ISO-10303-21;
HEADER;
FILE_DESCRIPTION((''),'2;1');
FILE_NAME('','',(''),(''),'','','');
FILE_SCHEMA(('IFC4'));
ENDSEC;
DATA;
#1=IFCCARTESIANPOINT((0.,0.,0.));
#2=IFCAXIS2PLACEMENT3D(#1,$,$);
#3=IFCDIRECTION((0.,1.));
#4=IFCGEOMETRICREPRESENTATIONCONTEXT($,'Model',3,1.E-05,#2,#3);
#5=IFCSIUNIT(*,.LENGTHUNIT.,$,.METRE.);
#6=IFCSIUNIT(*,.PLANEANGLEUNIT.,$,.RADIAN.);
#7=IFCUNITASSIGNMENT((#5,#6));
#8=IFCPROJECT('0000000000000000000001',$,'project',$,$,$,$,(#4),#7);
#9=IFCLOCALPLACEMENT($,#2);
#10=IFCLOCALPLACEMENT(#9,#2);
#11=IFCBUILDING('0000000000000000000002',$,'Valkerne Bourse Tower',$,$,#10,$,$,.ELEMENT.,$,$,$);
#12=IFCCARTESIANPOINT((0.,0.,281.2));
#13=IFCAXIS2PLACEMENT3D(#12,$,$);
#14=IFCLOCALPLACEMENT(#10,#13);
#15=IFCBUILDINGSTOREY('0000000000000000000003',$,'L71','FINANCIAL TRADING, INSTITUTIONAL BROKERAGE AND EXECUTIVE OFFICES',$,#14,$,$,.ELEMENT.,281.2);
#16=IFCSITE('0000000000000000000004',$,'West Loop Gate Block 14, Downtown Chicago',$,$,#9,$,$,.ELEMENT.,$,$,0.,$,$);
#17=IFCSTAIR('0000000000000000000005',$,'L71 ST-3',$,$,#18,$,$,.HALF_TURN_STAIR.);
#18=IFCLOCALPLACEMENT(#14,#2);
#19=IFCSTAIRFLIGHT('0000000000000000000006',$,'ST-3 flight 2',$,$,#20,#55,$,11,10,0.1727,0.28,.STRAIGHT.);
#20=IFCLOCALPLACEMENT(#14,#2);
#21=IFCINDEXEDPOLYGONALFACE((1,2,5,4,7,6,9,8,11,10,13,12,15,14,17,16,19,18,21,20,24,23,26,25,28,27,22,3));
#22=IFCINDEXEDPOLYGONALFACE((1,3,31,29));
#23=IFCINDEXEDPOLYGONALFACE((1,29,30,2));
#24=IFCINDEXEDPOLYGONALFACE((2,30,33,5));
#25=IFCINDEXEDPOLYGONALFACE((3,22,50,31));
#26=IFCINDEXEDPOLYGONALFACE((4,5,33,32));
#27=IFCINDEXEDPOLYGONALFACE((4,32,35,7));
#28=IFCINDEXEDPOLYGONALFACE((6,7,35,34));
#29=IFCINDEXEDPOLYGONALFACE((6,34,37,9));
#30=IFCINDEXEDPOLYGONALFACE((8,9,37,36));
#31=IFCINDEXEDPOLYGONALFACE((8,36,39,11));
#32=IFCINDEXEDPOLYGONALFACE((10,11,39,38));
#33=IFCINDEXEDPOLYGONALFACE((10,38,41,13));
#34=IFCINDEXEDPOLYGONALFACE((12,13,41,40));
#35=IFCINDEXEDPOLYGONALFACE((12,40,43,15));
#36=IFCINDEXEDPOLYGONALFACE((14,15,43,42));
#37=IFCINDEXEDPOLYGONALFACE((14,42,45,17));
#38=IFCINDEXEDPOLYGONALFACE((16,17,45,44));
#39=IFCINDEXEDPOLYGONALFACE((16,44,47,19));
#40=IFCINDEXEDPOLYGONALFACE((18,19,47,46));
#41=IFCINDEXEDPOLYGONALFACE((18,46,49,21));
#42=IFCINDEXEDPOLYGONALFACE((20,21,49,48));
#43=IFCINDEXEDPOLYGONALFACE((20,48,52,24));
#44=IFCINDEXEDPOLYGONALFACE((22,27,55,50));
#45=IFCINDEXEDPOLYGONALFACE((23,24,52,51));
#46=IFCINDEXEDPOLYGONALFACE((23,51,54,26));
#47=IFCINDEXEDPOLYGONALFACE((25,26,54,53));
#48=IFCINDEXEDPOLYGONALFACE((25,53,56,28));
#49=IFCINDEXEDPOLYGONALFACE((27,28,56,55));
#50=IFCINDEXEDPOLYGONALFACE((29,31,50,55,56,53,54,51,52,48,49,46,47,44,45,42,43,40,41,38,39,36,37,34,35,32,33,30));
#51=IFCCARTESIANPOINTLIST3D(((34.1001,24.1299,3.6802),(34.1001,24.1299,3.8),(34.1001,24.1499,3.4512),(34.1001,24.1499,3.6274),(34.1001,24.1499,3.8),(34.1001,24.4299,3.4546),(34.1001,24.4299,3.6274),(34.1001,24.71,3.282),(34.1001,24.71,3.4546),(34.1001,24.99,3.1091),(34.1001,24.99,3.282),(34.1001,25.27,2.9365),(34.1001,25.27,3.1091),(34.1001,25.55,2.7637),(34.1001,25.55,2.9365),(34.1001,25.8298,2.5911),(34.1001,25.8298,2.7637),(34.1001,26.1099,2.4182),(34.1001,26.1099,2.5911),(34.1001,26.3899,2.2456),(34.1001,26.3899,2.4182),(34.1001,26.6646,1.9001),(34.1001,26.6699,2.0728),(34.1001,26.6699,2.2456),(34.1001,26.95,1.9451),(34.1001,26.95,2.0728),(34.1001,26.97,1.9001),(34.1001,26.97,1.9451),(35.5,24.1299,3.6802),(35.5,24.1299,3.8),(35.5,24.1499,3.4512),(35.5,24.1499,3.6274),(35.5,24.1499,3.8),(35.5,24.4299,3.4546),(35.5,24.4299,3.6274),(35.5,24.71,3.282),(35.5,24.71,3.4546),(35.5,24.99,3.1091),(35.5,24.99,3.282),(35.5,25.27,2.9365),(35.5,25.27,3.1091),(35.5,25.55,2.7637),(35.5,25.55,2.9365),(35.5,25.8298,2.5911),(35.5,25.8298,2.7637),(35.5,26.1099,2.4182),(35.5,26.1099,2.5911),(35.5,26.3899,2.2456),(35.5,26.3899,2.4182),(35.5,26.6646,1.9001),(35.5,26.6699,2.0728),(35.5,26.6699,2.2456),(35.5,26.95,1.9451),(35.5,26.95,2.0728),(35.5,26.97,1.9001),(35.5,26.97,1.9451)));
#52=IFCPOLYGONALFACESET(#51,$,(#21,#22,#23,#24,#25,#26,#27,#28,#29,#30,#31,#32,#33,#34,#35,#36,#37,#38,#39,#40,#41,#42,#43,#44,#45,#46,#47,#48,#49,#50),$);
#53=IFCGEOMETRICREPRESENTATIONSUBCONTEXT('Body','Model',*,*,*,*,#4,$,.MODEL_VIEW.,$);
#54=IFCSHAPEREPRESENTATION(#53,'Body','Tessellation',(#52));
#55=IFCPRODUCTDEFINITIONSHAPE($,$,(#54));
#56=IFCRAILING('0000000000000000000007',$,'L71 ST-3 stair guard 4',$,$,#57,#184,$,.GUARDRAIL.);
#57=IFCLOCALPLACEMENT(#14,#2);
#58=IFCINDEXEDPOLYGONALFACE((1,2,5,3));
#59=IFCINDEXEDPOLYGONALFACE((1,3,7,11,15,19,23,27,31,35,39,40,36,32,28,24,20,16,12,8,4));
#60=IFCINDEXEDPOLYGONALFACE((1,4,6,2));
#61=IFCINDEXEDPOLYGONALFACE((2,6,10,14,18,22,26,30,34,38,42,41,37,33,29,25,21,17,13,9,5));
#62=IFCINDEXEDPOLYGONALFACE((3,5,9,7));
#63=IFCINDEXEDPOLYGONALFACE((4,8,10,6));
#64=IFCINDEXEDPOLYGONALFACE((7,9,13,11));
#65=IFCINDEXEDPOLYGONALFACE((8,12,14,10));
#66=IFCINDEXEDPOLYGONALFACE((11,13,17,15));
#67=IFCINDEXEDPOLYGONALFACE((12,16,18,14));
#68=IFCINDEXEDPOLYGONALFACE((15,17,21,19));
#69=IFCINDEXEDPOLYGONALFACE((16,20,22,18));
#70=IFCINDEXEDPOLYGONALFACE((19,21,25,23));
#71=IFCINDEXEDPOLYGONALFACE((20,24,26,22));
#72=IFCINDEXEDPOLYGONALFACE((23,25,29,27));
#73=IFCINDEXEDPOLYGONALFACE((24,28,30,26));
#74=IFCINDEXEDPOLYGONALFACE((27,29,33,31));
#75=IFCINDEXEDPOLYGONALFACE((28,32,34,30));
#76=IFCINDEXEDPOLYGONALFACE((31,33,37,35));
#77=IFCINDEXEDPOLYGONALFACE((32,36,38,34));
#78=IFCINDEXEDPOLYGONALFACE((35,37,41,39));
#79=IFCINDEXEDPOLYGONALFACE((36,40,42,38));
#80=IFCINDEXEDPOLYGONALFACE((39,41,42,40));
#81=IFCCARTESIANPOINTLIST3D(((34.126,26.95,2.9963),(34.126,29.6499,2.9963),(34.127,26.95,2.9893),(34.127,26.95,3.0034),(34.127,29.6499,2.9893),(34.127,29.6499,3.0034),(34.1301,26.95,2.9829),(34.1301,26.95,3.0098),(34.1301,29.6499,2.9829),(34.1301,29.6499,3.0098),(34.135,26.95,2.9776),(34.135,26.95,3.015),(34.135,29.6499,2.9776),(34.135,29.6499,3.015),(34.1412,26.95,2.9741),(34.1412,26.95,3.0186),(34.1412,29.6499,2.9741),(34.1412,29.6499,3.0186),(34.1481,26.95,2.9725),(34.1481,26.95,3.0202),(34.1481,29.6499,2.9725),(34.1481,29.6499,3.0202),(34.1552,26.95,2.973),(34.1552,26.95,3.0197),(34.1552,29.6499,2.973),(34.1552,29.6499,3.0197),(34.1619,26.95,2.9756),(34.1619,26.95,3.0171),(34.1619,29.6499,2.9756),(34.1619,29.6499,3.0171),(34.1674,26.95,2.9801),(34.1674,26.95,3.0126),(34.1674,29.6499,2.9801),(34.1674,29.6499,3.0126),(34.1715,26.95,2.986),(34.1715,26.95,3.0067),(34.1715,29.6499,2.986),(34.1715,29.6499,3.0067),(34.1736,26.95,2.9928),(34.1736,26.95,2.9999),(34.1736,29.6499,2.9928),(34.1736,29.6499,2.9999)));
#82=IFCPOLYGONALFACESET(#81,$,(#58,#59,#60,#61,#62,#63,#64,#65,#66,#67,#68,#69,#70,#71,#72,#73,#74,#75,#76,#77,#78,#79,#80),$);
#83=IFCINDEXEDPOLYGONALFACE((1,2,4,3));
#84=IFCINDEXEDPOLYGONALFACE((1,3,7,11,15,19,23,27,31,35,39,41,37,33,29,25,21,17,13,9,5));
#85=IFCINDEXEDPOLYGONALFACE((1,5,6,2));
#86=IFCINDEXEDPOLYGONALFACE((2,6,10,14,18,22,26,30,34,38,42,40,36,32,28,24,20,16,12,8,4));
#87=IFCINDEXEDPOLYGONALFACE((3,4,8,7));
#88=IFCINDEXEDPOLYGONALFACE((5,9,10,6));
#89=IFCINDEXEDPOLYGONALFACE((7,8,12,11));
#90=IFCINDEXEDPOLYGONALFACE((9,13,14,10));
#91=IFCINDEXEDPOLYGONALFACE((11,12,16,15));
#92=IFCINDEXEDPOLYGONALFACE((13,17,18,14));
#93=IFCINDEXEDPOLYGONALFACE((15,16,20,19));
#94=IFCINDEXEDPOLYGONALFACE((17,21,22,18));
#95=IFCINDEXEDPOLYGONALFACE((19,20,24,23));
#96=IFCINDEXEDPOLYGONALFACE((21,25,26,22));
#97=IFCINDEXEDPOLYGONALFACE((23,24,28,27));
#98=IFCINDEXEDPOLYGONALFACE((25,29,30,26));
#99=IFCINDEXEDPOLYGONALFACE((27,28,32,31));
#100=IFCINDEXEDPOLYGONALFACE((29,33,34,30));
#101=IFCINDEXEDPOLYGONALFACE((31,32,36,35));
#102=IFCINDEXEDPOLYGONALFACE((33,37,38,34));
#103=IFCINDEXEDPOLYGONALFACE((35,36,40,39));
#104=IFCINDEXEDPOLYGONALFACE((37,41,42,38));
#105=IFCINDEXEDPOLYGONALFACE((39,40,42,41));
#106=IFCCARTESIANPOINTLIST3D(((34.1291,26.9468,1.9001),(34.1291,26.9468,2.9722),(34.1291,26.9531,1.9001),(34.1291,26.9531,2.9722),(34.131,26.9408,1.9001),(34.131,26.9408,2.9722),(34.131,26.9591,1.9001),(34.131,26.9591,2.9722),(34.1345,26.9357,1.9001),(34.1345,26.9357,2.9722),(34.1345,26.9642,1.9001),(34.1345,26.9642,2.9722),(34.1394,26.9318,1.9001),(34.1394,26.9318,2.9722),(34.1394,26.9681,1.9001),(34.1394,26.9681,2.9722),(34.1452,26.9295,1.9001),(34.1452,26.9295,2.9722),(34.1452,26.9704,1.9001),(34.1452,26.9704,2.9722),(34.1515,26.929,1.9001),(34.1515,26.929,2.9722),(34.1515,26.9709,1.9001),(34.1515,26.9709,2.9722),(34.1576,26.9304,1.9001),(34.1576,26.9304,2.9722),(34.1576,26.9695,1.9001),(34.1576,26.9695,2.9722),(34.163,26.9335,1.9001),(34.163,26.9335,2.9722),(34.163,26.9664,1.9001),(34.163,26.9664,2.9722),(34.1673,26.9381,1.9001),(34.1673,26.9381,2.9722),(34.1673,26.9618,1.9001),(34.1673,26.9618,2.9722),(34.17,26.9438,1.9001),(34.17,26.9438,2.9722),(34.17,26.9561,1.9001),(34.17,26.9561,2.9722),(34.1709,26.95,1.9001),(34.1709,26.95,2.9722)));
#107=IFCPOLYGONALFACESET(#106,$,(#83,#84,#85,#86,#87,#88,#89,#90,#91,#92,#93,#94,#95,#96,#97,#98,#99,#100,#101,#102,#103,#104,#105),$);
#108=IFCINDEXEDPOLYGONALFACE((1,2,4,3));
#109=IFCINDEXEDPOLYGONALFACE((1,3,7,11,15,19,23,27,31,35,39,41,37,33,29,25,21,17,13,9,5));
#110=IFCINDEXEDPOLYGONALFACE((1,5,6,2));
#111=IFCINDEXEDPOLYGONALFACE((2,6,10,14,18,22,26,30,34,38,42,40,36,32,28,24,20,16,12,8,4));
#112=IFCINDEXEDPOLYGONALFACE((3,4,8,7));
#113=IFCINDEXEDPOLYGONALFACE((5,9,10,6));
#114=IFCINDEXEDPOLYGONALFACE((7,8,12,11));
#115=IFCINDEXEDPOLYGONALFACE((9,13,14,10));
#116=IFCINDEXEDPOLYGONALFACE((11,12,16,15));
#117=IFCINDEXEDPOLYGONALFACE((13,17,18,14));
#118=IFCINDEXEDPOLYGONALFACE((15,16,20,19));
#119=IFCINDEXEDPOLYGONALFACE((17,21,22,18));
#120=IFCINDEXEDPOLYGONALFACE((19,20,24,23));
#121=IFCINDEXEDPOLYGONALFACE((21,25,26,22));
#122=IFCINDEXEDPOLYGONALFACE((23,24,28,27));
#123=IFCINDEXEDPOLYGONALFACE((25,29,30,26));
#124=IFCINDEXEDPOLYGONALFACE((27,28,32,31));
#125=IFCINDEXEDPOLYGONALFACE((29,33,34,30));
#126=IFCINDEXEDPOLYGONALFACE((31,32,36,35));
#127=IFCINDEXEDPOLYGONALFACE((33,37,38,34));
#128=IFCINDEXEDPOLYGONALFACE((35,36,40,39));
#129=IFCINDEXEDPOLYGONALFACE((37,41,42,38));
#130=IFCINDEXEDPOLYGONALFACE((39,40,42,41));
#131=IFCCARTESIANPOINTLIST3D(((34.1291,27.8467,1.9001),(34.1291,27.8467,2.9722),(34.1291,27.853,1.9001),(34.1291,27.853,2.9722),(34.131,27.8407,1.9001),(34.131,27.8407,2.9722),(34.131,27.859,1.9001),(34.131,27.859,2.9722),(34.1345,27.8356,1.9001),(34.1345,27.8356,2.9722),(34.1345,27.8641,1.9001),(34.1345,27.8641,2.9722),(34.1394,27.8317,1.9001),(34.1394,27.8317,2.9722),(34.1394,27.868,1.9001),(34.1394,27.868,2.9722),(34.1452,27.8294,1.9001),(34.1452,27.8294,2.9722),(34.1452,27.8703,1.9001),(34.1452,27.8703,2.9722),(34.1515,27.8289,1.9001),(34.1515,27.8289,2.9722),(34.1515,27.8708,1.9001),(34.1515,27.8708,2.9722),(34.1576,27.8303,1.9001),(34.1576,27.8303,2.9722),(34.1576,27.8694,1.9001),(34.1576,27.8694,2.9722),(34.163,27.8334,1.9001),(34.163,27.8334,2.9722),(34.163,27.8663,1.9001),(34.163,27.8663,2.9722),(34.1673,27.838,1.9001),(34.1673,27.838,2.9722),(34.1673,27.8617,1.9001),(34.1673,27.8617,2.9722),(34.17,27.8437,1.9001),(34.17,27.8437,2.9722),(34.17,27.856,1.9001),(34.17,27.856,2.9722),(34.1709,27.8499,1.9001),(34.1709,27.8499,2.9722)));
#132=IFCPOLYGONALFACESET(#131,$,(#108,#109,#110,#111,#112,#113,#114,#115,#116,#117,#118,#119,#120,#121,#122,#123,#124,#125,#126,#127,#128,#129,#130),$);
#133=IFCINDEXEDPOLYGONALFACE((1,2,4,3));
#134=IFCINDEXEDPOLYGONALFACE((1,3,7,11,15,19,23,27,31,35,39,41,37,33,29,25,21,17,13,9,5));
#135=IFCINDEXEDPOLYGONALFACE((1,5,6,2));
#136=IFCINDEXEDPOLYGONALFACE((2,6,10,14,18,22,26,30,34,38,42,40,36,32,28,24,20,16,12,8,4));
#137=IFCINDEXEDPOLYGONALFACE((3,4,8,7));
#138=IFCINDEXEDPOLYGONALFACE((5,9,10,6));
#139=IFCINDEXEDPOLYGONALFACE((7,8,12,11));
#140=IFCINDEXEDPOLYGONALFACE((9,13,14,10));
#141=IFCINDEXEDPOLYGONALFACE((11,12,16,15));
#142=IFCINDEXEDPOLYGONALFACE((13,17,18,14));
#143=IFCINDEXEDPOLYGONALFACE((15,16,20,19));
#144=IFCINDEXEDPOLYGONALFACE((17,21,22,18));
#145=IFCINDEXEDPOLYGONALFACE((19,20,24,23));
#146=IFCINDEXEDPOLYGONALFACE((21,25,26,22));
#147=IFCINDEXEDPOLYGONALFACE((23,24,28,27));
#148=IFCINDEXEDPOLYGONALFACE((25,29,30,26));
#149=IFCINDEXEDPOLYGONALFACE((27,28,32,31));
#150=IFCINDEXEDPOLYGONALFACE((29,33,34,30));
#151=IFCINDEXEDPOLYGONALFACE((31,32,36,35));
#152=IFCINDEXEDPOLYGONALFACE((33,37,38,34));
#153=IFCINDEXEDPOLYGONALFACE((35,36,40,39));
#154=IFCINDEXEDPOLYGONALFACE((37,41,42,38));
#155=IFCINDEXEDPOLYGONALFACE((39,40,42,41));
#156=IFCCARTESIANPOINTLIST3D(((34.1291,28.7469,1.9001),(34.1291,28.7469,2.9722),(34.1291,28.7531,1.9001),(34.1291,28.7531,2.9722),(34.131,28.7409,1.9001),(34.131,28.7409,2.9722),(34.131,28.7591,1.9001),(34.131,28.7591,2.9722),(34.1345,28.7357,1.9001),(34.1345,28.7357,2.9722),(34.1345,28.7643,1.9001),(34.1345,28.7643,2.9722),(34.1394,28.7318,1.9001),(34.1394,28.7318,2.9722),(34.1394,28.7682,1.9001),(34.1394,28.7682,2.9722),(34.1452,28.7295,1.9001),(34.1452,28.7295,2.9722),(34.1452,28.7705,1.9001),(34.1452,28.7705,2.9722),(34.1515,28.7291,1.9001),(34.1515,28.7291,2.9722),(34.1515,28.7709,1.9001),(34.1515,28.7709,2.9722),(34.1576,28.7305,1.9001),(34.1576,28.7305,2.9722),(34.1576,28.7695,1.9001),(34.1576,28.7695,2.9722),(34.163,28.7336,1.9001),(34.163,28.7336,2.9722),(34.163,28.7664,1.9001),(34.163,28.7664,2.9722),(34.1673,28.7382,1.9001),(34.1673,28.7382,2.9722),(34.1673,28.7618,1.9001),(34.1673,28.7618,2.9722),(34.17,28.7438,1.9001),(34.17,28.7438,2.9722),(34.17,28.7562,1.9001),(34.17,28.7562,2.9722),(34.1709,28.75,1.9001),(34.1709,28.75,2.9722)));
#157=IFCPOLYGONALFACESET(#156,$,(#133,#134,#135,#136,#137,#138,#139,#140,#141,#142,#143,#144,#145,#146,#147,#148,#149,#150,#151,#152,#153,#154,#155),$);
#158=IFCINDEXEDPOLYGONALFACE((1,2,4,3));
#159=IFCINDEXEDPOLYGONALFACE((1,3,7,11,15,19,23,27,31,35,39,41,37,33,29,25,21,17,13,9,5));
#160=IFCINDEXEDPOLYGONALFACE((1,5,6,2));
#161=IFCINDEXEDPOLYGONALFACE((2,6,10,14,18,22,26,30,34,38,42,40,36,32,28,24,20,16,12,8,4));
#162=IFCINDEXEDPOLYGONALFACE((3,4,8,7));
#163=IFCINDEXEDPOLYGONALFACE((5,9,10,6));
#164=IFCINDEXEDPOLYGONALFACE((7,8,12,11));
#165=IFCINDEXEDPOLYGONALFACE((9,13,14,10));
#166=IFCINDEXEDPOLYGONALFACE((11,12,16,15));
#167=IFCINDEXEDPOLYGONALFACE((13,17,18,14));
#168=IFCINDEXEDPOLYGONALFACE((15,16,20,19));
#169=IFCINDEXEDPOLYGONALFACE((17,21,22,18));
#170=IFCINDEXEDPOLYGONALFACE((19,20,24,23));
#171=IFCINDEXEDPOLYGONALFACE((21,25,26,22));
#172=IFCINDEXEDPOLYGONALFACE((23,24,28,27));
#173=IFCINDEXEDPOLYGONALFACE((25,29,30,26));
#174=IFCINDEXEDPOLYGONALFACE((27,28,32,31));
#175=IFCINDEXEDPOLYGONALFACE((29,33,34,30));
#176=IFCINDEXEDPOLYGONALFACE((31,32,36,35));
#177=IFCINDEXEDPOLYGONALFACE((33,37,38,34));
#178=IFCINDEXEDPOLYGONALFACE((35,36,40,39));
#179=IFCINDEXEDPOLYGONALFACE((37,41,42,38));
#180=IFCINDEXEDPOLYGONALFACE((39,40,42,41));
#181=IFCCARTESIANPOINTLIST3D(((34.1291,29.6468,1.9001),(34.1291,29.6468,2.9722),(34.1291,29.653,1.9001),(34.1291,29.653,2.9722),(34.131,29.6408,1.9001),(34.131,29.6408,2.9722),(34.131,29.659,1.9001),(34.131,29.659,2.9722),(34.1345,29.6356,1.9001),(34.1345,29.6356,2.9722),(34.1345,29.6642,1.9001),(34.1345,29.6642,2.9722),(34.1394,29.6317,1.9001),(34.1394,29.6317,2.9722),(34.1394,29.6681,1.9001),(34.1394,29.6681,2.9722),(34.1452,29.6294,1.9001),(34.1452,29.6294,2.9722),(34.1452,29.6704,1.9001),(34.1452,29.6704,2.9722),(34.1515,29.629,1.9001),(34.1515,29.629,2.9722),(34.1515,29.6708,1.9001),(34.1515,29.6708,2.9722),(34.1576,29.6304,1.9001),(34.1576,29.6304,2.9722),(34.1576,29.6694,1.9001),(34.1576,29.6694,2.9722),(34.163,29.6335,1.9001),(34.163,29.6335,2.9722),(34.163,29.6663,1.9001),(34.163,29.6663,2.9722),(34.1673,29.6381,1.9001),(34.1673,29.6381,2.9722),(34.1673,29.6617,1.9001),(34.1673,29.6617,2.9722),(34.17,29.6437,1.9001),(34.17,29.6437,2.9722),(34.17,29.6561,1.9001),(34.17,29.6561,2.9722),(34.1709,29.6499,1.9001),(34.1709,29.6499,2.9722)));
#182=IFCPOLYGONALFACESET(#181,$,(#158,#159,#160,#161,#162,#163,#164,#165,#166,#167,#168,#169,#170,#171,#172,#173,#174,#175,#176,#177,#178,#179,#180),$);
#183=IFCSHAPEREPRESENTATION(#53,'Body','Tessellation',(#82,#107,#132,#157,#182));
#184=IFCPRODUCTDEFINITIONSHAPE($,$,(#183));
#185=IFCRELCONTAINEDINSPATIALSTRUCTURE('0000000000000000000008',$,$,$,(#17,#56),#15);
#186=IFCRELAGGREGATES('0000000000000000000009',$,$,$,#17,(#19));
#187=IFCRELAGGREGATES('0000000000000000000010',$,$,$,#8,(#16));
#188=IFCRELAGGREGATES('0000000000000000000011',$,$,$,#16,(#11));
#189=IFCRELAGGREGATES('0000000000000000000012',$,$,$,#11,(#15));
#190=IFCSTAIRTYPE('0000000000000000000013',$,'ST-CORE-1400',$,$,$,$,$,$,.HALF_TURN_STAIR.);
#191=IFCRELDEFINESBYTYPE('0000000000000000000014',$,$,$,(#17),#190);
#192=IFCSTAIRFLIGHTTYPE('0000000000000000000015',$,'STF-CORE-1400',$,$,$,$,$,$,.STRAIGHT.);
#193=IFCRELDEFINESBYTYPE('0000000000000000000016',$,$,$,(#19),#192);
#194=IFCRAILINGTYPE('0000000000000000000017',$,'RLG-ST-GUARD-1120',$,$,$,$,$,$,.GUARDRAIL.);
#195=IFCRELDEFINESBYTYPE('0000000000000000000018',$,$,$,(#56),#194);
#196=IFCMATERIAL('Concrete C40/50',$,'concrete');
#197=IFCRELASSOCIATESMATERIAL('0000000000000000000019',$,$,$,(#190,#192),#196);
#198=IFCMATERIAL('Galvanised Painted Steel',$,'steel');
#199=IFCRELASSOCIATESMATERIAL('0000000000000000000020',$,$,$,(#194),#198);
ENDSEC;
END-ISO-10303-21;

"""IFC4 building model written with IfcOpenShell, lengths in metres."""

from ifc_helpers import new_model, si_unit, direction, frame, origin, origin_2d, place, context, subcontext, project, spatial, polyline, circle, outline, extrude, material, type_object, element, aggregate, save


model = new_model("IFC4")

# Units and contexts
model_context = context("Model", 3, precision=1e-05, world=origin(), true_north=direction((0.0, 1.0)))
body_context = subcontext(model_context, "Body", "Model", "MODEL_VIEW")
ifc_project = project(units=[si_unit("LENGTHUNIT", "METRE"), si_unit("PLANEANGLEUNIT", "RADIAN")], contexts=[model_context])

# Site, building, storey
site_placement = place(None, origin())
site = spatial("IfcSite", under=ifc_project, at=site_placement, Name="West Loop Gate Block 14, Downtown Chicago", CompositionType="ELEMENT", RefElevation=0.0)
building_placement = place(site_placement, origin())
building = spatial("IfcBuilding", under=site, at=building_placement, Name="Valkerne Bourse Tower", CompositionType="ELEMENT")
storey_placement = place(building_placement, frame((0.0, 0.0, 281.2)))
storey = spatial("IfcBuildingStorey", under=building, at=storey_placement, Name="L71", Description="FINANCIAL TRADING, INSTITUTIONAL BROKERAGE AND EXECUTIVE OFFICES", CompositionType="ELEMENT", Elevation=281.2)

# Shared definitions
ifc_material_1 = material(Name="Concrete C40/50", Category="concrete")
ifc_material_2 = material(Name="Galvanised Painted Steel", Category="steel")

# Stair, stair flight
stair_type = type_object("IfcStairType", Name="ST-CORE-1400", PredefinedType="HALF_TURN_STAIR", material=ifc_material_1)
stair_placement = place(storey_placement, origin())
stair = element("IfcStair", 1, at=stair_placement, inside=storey, type_object=stair_type, Name="L71 ST-3", PredefinedType="HALF_TURN_STAIR")
stair_flight_type = type_object("IfcStairFlightType", Name="STF-CORE-1400", PredefinedType="STRAIGHT", material=ifc_material_1)
stair_flight_placement = place(storey_placement, frame((34.8, 26.95, 1.9001), z_axis=(0.0, 0.0, 1.0), x_axis=(0.0, -1.0, 0.0)))
stair_flight = element("IfcStairFlight", 2, at=stair_flight_placement, type_object=stair_flight_type, Name="ST-3 flight 2", NumberOfRisers=11, NumberOfTreads=10, PredefinedType="STRAIGHT", RiserHeight=0.1727, TreadLength=0.28, context=body_context, shape_type="SweptSolid", body=[
    extrude(outline(polyline([(-0.02, 0.0), (-0.02, 0.0449), (0.0, 0.0449), (0.0, 0.1726), (0.28, 0.1726), (0.28, 0.3455), (0.5601, 0.3455), (0.5601, 0.5181), (0.8401, 0.5181), (0.8401, 0.6909), (1.1201, 0.6909), (1.1201, 0.8635), (1.3999, 0.8635), (1.3999, 1.0364), (1.6799, 1.0364), (1.6799, 1.209), (1.96, 1.209), (1.96, 1.3818), (2.24, 1.3818), (2.24, 1.5544), (2.52, 1.5544), (2.52, 1.7273), (2.8, 1.7273), (2.8, 1.8999), (2.8201, 1.8999), (2.8201, 1.78), (2.8, 1.551), (0.2854, 0.0), (-0.02, 0.0)])), frame((0.0, 0.7, 0.0), z_axis=(0.0, -1.0, 0.0), x_axis=(1.0, 0.0, 0.0)), (0.0, 0.0, 1.0), 1.3999),
])
aggregate(stair, [stair_flight])

# Railing
railing_type_1 = type_object("IfcRailingType", Name="RLG-ST-GUARD-1120", PredefinedType="GUARDRAIL", material=ifc_material_2)
railing_1_placement = place(storey_placement, frame((34.1499, 26.95, 1.9001)))
element("IfcRailing", 3, at=railing_1_placement, inside=storey, type_object=railing_type_1, Name="L71 ST-3 stair guard 4", PredefinedType="GUARDRAIL", context=body_context, shape_type="SweptSolid", body=[
    extrude(circle(Radius=0.0239, at=origin_2d()), frame((0.0, 0.0, 1.0962), z_axis=(0.0, 1.0, 0.0), x_axis=(-1.0, 0.0, 0.0)), (0.0, 0.0, 1.0), 2.7),
    extrude(circle(Radius=0.021, at=origin_2d()), origin(), (0.0, 0.0, 1.0), 1.072),
    extrude(circle(Radius=0.021, at=origin_2d()), frame((0.0, 0.8999, 0.0)), (0.0, 0.0, 1.0), 1.072),
    extrude(circle(Radius=0.021, at=origin_2d()), frame((0.0, 1.8, 0.0)), (0.0, 0.0, 1.0), 1.072),
    extrude(circle(Radius=0.021, at=origin_2d()), frame((0.0, 2.7, 0.0)), (0.0, 0.0, 1.0), 1.072),
])

save(model, "model.ifc")
